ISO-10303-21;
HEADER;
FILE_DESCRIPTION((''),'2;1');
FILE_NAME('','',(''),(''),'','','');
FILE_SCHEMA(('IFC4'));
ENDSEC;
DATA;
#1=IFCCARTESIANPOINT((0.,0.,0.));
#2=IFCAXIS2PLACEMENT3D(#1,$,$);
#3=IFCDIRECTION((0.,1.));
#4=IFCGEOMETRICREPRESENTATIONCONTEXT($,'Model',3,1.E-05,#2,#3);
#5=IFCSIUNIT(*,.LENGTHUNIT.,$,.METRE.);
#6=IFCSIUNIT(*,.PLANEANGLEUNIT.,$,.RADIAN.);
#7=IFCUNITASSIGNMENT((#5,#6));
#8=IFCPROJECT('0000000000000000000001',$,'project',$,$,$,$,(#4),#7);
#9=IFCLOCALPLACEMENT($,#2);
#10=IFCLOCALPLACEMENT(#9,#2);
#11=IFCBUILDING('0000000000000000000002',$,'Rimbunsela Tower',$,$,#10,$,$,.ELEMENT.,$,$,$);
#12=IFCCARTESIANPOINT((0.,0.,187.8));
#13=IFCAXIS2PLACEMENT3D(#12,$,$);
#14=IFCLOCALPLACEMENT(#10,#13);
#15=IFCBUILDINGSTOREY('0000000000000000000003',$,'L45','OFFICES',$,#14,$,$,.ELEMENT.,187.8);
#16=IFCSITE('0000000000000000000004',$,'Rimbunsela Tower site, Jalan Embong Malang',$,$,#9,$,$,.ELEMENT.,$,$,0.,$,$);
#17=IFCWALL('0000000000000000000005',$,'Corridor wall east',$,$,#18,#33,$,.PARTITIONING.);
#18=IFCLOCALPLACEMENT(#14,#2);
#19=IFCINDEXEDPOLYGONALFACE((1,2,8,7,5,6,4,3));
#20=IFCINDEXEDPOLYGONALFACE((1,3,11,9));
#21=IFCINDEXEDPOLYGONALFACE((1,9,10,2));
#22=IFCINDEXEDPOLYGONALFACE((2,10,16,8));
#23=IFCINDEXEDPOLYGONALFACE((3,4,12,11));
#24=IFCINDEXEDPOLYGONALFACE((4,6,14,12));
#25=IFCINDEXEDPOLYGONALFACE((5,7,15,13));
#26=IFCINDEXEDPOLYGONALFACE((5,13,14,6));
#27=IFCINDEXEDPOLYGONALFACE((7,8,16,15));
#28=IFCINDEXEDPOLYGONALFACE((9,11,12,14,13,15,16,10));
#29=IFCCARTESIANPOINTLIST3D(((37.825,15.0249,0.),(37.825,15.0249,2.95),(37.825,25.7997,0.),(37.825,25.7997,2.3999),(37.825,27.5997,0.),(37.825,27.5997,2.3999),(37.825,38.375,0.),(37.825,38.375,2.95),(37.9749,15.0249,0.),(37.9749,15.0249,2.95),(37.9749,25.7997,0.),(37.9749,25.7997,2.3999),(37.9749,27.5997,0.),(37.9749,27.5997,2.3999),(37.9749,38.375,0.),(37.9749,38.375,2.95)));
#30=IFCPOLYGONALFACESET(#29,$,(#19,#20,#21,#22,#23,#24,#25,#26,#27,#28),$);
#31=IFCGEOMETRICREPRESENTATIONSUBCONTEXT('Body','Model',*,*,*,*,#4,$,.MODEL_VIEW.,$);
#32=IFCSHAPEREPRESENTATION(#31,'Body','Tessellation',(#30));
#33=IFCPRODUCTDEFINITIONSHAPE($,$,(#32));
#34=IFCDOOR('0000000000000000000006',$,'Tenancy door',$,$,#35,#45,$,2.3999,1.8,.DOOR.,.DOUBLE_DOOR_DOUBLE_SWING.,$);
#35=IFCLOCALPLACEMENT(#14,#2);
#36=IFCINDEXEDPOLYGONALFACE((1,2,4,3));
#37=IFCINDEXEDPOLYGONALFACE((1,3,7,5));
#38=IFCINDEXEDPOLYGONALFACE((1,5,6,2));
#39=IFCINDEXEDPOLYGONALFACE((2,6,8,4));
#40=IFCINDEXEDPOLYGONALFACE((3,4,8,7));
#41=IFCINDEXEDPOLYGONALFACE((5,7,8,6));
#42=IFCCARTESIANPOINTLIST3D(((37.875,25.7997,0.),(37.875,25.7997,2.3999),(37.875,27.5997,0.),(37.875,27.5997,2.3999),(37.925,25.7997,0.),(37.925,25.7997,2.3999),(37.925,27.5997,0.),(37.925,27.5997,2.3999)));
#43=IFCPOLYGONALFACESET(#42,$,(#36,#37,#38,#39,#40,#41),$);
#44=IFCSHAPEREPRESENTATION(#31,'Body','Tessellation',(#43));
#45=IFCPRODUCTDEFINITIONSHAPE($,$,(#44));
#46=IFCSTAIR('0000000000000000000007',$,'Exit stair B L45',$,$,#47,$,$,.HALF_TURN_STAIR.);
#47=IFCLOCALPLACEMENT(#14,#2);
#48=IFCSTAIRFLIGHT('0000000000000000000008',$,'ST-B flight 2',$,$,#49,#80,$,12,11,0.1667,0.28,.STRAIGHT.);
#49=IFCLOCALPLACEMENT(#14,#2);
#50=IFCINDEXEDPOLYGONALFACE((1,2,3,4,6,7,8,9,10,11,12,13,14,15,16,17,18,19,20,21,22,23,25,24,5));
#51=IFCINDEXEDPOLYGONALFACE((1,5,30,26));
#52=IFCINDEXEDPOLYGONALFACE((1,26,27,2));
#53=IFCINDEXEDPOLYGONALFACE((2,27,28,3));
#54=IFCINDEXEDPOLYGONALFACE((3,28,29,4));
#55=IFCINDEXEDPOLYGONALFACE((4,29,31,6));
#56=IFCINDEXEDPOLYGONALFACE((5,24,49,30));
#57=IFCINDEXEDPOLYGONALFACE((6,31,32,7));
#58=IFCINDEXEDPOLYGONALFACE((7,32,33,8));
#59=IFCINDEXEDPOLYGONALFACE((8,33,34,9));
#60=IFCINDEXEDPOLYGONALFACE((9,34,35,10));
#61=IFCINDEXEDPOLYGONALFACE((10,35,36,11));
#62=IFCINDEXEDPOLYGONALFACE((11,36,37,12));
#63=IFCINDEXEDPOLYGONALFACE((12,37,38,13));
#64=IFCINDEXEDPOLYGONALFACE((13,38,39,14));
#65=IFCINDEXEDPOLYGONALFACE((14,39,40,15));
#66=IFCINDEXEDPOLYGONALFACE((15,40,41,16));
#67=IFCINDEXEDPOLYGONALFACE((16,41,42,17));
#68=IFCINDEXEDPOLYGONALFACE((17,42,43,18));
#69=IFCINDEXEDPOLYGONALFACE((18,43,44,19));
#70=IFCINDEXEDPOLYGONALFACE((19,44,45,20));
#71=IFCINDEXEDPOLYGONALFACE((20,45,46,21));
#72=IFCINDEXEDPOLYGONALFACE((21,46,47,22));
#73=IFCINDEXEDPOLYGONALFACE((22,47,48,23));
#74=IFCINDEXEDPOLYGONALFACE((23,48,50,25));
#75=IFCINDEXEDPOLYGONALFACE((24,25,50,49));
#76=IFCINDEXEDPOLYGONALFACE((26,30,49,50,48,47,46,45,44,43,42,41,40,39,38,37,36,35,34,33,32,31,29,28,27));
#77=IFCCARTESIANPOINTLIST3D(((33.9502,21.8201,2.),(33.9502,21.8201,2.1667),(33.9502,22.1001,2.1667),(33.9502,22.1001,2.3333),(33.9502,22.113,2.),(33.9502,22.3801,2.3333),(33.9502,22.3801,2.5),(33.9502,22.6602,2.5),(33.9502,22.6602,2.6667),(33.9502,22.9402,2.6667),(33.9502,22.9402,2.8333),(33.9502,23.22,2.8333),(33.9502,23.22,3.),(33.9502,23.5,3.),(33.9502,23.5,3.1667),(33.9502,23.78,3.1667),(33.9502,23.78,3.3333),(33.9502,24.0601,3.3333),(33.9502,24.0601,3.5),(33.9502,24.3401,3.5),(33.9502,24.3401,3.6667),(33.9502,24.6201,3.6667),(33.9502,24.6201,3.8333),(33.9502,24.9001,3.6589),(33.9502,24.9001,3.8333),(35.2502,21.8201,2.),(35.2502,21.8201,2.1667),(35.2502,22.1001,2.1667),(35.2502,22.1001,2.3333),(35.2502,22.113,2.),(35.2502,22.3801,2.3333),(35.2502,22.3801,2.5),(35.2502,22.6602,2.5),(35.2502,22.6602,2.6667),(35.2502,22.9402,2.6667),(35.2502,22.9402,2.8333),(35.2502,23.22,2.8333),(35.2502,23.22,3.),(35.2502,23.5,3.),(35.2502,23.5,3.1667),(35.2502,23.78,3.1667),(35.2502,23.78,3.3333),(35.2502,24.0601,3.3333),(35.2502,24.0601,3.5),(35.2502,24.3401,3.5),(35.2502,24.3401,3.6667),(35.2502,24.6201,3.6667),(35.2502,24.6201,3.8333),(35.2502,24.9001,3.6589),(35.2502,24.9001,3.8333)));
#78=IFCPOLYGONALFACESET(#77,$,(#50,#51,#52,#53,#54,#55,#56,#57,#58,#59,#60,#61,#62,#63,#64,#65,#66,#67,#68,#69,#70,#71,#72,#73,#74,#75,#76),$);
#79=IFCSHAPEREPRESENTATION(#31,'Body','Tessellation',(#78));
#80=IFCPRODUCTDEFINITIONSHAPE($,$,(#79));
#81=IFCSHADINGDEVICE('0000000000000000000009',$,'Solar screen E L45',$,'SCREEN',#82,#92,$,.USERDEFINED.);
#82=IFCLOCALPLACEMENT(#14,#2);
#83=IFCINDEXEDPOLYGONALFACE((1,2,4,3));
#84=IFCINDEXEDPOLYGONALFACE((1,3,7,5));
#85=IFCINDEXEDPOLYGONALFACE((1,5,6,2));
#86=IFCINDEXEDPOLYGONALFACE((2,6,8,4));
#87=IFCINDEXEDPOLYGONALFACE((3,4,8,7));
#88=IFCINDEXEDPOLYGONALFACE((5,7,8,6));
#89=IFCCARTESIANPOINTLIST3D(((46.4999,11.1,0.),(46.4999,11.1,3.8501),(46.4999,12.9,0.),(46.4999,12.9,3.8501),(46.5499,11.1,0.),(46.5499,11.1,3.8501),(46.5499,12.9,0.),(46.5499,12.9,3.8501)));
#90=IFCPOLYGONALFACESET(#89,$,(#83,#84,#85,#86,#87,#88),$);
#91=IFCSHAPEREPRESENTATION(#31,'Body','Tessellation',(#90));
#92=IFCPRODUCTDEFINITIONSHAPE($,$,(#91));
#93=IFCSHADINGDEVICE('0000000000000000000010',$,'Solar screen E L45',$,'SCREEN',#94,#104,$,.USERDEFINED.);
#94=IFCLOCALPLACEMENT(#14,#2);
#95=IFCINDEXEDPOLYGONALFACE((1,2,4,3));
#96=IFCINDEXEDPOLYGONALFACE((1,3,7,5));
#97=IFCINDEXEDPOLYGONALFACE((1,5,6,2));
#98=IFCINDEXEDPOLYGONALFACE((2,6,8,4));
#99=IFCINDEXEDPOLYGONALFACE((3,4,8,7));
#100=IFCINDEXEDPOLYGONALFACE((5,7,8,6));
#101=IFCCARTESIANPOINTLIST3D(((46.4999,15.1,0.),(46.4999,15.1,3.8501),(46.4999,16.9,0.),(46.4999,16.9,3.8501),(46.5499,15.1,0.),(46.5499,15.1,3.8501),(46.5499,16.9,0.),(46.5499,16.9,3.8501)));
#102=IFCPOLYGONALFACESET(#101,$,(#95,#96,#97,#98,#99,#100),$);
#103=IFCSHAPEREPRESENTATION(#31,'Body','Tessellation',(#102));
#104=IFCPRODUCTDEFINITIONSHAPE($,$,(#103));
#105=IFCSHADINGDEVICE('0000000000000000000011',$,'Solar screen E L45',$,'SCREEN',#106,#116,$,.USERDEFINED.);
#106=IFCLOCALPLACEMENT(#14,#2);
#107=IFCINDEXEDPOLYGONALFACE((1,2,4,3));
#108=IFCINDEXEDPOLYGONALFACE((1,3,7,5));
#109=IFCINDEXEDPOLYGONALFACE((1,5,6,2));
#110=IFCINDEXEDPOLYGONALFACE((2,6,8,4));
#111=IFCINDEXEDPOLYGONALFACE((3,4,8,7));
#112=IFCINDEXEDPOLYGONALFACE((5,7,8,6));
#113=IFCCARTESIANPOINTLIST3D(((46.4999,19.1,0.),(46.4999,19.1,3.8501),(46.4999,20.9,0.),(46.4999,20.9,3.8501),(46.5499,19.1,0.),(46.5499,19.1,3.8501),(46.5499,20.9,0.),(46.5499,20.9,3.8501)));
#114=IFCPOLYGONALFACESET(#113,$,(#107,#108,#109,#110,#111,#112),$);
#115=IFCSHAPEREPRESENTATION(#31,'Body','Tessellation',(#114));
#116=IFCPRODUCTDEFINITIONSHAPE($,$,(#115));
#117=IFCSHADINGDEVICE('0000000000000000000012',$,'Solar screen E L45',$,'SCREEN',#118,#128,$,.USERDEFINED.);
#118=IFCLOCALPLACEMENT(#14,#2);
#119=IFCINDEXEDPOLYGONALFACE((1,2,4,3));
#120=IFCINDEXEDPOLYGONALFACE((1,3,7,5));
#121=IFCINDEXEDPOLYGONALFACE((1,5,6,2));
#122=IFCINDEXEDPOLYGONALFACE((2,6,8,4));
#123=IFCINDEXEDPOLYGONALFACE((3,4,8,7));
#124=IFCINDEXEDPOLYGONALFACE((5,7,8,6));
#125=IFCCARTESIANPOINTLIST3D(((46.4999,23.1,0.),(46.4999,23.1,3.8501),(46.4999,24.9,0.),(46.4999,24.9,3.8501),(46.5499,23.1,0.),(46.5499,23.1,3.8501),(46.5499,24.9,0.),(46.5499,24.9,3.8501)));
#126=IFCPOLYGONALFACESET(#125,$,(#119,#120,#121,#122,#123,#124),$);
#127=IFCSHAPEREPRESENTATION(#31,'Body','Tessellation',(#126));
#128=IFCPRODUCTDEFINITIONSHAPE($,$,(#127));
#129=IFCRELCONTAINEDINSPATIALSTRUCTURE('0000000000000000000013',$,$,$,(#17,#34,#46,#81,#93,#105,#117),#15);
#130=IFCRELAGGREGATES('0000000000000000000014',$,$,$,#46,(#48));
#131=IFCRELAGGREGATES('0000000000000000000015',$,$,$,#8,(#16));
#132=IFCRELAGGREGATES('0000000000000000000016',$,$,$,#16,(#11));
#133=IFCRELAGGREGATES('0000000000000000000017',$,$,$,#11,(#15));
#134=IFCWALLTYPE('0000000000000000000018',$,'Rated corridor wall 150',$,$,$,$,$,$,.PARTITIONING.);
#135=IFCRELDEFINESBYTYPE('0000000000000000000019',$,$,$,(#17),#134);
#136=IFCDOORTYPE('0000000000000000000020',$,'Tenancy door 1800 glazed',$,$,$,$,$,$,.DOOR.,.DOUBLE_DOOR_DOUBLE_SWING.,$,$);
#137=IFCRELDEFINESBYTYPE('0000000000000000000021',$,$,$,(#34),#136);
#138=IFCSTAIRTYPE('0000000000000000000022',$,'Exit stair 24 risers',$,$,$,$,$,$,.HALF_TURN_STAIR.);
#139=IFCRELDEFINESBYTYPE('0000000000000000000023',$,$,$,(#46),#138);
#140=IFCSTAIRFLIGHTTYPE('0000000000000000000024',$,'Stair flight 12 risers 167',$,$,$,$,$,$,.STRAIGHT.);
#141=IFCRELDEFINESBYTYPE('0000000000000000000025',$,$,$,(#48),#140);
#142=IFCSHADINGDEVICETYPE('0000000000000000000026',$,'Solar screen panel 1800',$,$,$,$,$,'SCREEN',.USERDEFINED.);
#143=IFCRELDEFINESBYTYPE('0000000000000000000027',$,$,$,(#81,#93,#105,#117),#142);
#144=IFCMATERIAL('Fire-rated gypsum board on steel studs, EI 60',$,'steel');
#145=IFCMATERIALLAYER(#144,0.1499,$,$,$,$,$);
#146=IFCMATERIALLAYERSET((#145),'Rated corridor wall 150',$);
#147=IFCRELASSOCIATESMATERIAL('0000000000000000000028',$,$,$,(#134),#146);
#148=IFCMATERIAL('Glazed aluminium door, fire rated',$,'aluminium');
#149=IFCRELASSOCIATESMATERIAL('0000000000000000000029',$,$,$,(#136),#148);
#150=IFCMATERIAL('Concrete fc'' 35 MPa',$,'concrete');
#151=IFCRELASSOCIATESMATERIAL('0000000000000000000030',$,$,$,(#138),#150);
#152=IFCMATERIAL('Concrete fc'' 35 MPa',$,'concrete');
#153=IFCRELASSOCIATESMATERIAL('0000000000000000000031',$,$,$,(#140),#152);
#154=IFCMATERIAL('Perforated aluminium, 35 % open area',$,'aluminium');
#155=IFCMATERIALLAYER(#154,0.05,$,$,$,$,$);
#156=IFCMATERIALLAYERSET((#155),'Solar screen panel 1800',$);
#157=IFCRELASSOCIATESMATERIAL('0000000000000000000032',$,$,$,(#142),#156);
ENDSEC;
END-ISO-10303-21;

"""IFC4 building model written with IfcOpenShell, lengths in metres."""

from ifc_helpers import new_model, si_unit, direction, frame, frame_2d, origin, origin_2d, place, context, subcontext, project, spatial, polyline, rectangle, outline, extrude, material, layer, layer_set, type_object, element, fill, aggregate, save


model = new_model("IFC4")

# Units and contexts
model_context = context("Model", 3, precision=1e-05, world=origin(), true_north=direction((0.0, 1.0)))
body_context = subcontext(model_context, "Body", "Model", "MODEL_VIEW")
ifc_project = project(units=[si_unit("LENGTHUNIT", "METRE"), si_unit("PLANEANGLEUNIT", "RADIAN")], contexts=[model_context])

# Site, building, storey
site_placement = place(None, origin())
site = spatial("IfcSite", under=ifc_project, at=site_placement, Name="Rimbunsela Tower site, Jalan Embong Malang", CompositionType="ELEMENT", RefElevation=0.0)
building_placement = place(site_placement, origin())
building = spatial("IfcBuilding", under=site, at=building_placement, Name="Rimbunsela Tower", CompositionType="ELEMENT")
storey_placement = place(building_placement, frame((0.0, 0.0, 187.8)))
storey = spatial("IfcBuildingStorey", under=building, at=storey_placement, Name="L45", Description="OFFICES", CompositionType="ELEMENT", Elevation=187.8)

# Wall, opening, door
ifc_material_1 = material(Name="Fire-rated gypsum board on steel studs, EI 60", Category="steel")
ifc_layer_1 = layer(ifc_material_1, 0.1499)
ifc_layer_set_1 = layer_set([ifc_layer_1], Name="Rated corridor wall 150")
wall_type_1 = type_object("IfcWallType", Name="Rated corridor wall 150", PredefinedType="PARTITIONING", material=ifc_layer_set_1)
wall_1_placement = place(storey_placement, frame((37.8999, 15.0249, 0.0), z_axis=(0.0, 0.0, 1.0), x_axis=(0.0, 1.0, 0.0)))
wall_1 = element("IfcWall", 1, at=wall_1_placement, inside=storey, type_object=wall_type_1, Name="Corridor wall east", PredefinedType="PARTITIONING", context=body_context, shape_type="SweptSolid", body=[
    extrude(rectangle(XDim=23.3501, YDim=0.1499, at=frame_2d((11.675, 0.0))), origin(), (0.0, 0.0, 1.0), 2.95),
])
opening_1_placement = place(wall_1_placement, frame((10.7749, 0.0, 0.0)))
opening_1 = element("IfcOpeningElement", 2, at=opening_1_placement, cuts=wall_1, PredefinedType="OPENING", context=body_context, shape_type="SweptSolid", body=[
    extrude(rectangle(XDim=1.8, YDim=2.3999, at=frame_2d((0.8999, 1.2))), frame((0.0, 0.085, 0.0), z_axis=(0.0, -1.0, 0.0), x_axis=(1.0, 0.0, 0.0)), (0.0, 0.0, 1.0), 0.1699),
])
ifc_material_2 = material(Name="Glazed aluminium door, fire rated", Category="aluminium")
door_type_1 = type_object("IfcDoorType", Name="Tenancy door 1800 glazed", OperationType="DOUBLE_DOOR_DOUBLE_SWING", PredefinedType="DOOR", material=ifc_material_2)
door_1_placement = place(opening_1_placement, origin())
door_1 = element("IfcDoor", 3, at=door_1_placement, inside=storey, type_object=door_type_1, Name="Tenancy door", OperationType="DOUBLE_DOOR_DOUBLE_SWING", OverallHeight=2.3999, OverallWidth=1.8, PredefinedType="DOOR", context=body_context, shape_type="SweptSolid", body=[
    extrude(rectangle(XDim=1.8, YDim=2.3999, at=frame_2d((0.8999, 1.2))), frame((0.0, 0.0249, 0.0), z_axis=(0.0, -1.0, 0.0), x_axis=(1.0, 0.0, 0.0)), (0.0, 0.0, 1.0), 0.05),
])
fill(opening_1, door_1)

# Stair, stair flight
ifc_material_3 = material(Name="Concrete fc' 35 MPa", Category="concrete")
stair_type = type_object("IfcStairType", Name="Exit stair 24 risers", PredefinedType="HALF_TURN_STAIR", material=ifc_material_3)
stair_placement = place(storey_placement, origin())
stair = element("IfcStair", 4, at=stair_placement, inside=storey, type_object=stair_type, Name="Exit stair B L45", PredefinedType="HALF_TURN_STAIR")
ifc_material_4 = material(Name="Concrete fc' 35 MPa", Category="concrete")
stair_flight_type = type_object("IfcStairFlightType", Name="Stair flight 12 risers 167", PredefinedType="STRAIGHT", material=ifc_material_4)
stair_flight_placement = place(storey_placement, frame((34.6001, 21.8201, 2.0), z_axis=(0.0, 0.0, 1.0), x_axis=(0.0, 1.0, 0.0)))
stair_flight = element("IfcStairFlight", 5, at=stair_flight_placement, type_object=stair_flight_type, Name="ST-B flight 2", NumberOfRisers=12, NumberOfTreads=11, PredefinedType="STRAIGHT", RiserHeight=0.1667, TreadLength=0.28, context=body_context, shape_type="SweptSolid", body=[
    extrude(outline(polyline([(0.0, 0.0), (0.0, 0.1667), (0.28, 0.1667), (0.28, 0.3333), (0.5601, 0.3333), (0.5601, 0.5), (0.8401, 0.5), (0.8401, 0.6667), (1.1201, 0.6667), (1.1201, 0.8333), (1.3999, 0.8333), (1.3999, 1.0), (1.6799, 1.0), (1.6799, 1.1667), (1.96, 1.1667), (1.96, 1.3333), (2.24, 1.3333), (2.24, 1.5), (2.52, 1.5), (2.52, 1.6667), (2.8, 1.6667), (2.8, 1.8333), (3.0801, 1.8333), (3.0801, 2.0), (3.0801, 1.6589), (0.293, 0.0), (0.0, 0.0)])), frame((0.0, 0.6499, 0.0), z_axis=(0.0, -1.0, 0.0), x_axis=(1.0, 0.0, 0.0)), (0.0, 0.0, 1.0), 1.3),
])
aggregate(stair, [stair_flight])

# Shading devices
ifc_material_5 = material(Name="Perforated aluminium, 35 % open area", Category="aluminium")
ifc_layer_2 = layer(ifc_material_5, 0.05)
ifc_layer_set_2 = layer_set([ifc_layer_2], Name="Solar screen panel 1800")
shading_device_type = type_object("IfcShadingDeviceType", Name="Solar screen panel 1800", ElementType="SCREEN", PredefinedType="USERDEFINED", material=ifc_layer_set_2)
for number, where, z_axis, x_axis, name in (
    (6, (46.5249, 12.0, 0.0), (0.0, 0.0, 1.0), (0.0, 1.0, 0.0), "Solar screen E L45"),
    (7, (46.5249, 16.0, 0.0), (0.0, 0.0, 1.0), (0.0, 1.0, 0.0), "Solar screen E L45"),
    (8, (46.5249, 20.0, 0.0), (0.0, 0.0, 1.0), (0.0, 1.0, 0.0), "Solar screen E L45"),
    (9, (46.5249, 24.0, 0.0), (0.0, 0.0, 1.0), (0.0, 1.0, 0.0), "Solar screen E L45"),
):
    element("IfcShadingDevice", number, at=place(storey_placement, frame(where, z_axis=z_axis, x_axis=x_axis)), inside=storey, type_object=shading_device_type, Name=name, ObjectType="SCREEN", PredefinedType="USERDEFINED", context=body_context, shape_type="SweptSolid", body=[
        extrude(rectangle(XDim=1.8, YDim=0.05, at=origin_2d()), origin(), (0.0, 0.0, 1.0), 3.8501),
    ])

save(model, "model.ifc")
